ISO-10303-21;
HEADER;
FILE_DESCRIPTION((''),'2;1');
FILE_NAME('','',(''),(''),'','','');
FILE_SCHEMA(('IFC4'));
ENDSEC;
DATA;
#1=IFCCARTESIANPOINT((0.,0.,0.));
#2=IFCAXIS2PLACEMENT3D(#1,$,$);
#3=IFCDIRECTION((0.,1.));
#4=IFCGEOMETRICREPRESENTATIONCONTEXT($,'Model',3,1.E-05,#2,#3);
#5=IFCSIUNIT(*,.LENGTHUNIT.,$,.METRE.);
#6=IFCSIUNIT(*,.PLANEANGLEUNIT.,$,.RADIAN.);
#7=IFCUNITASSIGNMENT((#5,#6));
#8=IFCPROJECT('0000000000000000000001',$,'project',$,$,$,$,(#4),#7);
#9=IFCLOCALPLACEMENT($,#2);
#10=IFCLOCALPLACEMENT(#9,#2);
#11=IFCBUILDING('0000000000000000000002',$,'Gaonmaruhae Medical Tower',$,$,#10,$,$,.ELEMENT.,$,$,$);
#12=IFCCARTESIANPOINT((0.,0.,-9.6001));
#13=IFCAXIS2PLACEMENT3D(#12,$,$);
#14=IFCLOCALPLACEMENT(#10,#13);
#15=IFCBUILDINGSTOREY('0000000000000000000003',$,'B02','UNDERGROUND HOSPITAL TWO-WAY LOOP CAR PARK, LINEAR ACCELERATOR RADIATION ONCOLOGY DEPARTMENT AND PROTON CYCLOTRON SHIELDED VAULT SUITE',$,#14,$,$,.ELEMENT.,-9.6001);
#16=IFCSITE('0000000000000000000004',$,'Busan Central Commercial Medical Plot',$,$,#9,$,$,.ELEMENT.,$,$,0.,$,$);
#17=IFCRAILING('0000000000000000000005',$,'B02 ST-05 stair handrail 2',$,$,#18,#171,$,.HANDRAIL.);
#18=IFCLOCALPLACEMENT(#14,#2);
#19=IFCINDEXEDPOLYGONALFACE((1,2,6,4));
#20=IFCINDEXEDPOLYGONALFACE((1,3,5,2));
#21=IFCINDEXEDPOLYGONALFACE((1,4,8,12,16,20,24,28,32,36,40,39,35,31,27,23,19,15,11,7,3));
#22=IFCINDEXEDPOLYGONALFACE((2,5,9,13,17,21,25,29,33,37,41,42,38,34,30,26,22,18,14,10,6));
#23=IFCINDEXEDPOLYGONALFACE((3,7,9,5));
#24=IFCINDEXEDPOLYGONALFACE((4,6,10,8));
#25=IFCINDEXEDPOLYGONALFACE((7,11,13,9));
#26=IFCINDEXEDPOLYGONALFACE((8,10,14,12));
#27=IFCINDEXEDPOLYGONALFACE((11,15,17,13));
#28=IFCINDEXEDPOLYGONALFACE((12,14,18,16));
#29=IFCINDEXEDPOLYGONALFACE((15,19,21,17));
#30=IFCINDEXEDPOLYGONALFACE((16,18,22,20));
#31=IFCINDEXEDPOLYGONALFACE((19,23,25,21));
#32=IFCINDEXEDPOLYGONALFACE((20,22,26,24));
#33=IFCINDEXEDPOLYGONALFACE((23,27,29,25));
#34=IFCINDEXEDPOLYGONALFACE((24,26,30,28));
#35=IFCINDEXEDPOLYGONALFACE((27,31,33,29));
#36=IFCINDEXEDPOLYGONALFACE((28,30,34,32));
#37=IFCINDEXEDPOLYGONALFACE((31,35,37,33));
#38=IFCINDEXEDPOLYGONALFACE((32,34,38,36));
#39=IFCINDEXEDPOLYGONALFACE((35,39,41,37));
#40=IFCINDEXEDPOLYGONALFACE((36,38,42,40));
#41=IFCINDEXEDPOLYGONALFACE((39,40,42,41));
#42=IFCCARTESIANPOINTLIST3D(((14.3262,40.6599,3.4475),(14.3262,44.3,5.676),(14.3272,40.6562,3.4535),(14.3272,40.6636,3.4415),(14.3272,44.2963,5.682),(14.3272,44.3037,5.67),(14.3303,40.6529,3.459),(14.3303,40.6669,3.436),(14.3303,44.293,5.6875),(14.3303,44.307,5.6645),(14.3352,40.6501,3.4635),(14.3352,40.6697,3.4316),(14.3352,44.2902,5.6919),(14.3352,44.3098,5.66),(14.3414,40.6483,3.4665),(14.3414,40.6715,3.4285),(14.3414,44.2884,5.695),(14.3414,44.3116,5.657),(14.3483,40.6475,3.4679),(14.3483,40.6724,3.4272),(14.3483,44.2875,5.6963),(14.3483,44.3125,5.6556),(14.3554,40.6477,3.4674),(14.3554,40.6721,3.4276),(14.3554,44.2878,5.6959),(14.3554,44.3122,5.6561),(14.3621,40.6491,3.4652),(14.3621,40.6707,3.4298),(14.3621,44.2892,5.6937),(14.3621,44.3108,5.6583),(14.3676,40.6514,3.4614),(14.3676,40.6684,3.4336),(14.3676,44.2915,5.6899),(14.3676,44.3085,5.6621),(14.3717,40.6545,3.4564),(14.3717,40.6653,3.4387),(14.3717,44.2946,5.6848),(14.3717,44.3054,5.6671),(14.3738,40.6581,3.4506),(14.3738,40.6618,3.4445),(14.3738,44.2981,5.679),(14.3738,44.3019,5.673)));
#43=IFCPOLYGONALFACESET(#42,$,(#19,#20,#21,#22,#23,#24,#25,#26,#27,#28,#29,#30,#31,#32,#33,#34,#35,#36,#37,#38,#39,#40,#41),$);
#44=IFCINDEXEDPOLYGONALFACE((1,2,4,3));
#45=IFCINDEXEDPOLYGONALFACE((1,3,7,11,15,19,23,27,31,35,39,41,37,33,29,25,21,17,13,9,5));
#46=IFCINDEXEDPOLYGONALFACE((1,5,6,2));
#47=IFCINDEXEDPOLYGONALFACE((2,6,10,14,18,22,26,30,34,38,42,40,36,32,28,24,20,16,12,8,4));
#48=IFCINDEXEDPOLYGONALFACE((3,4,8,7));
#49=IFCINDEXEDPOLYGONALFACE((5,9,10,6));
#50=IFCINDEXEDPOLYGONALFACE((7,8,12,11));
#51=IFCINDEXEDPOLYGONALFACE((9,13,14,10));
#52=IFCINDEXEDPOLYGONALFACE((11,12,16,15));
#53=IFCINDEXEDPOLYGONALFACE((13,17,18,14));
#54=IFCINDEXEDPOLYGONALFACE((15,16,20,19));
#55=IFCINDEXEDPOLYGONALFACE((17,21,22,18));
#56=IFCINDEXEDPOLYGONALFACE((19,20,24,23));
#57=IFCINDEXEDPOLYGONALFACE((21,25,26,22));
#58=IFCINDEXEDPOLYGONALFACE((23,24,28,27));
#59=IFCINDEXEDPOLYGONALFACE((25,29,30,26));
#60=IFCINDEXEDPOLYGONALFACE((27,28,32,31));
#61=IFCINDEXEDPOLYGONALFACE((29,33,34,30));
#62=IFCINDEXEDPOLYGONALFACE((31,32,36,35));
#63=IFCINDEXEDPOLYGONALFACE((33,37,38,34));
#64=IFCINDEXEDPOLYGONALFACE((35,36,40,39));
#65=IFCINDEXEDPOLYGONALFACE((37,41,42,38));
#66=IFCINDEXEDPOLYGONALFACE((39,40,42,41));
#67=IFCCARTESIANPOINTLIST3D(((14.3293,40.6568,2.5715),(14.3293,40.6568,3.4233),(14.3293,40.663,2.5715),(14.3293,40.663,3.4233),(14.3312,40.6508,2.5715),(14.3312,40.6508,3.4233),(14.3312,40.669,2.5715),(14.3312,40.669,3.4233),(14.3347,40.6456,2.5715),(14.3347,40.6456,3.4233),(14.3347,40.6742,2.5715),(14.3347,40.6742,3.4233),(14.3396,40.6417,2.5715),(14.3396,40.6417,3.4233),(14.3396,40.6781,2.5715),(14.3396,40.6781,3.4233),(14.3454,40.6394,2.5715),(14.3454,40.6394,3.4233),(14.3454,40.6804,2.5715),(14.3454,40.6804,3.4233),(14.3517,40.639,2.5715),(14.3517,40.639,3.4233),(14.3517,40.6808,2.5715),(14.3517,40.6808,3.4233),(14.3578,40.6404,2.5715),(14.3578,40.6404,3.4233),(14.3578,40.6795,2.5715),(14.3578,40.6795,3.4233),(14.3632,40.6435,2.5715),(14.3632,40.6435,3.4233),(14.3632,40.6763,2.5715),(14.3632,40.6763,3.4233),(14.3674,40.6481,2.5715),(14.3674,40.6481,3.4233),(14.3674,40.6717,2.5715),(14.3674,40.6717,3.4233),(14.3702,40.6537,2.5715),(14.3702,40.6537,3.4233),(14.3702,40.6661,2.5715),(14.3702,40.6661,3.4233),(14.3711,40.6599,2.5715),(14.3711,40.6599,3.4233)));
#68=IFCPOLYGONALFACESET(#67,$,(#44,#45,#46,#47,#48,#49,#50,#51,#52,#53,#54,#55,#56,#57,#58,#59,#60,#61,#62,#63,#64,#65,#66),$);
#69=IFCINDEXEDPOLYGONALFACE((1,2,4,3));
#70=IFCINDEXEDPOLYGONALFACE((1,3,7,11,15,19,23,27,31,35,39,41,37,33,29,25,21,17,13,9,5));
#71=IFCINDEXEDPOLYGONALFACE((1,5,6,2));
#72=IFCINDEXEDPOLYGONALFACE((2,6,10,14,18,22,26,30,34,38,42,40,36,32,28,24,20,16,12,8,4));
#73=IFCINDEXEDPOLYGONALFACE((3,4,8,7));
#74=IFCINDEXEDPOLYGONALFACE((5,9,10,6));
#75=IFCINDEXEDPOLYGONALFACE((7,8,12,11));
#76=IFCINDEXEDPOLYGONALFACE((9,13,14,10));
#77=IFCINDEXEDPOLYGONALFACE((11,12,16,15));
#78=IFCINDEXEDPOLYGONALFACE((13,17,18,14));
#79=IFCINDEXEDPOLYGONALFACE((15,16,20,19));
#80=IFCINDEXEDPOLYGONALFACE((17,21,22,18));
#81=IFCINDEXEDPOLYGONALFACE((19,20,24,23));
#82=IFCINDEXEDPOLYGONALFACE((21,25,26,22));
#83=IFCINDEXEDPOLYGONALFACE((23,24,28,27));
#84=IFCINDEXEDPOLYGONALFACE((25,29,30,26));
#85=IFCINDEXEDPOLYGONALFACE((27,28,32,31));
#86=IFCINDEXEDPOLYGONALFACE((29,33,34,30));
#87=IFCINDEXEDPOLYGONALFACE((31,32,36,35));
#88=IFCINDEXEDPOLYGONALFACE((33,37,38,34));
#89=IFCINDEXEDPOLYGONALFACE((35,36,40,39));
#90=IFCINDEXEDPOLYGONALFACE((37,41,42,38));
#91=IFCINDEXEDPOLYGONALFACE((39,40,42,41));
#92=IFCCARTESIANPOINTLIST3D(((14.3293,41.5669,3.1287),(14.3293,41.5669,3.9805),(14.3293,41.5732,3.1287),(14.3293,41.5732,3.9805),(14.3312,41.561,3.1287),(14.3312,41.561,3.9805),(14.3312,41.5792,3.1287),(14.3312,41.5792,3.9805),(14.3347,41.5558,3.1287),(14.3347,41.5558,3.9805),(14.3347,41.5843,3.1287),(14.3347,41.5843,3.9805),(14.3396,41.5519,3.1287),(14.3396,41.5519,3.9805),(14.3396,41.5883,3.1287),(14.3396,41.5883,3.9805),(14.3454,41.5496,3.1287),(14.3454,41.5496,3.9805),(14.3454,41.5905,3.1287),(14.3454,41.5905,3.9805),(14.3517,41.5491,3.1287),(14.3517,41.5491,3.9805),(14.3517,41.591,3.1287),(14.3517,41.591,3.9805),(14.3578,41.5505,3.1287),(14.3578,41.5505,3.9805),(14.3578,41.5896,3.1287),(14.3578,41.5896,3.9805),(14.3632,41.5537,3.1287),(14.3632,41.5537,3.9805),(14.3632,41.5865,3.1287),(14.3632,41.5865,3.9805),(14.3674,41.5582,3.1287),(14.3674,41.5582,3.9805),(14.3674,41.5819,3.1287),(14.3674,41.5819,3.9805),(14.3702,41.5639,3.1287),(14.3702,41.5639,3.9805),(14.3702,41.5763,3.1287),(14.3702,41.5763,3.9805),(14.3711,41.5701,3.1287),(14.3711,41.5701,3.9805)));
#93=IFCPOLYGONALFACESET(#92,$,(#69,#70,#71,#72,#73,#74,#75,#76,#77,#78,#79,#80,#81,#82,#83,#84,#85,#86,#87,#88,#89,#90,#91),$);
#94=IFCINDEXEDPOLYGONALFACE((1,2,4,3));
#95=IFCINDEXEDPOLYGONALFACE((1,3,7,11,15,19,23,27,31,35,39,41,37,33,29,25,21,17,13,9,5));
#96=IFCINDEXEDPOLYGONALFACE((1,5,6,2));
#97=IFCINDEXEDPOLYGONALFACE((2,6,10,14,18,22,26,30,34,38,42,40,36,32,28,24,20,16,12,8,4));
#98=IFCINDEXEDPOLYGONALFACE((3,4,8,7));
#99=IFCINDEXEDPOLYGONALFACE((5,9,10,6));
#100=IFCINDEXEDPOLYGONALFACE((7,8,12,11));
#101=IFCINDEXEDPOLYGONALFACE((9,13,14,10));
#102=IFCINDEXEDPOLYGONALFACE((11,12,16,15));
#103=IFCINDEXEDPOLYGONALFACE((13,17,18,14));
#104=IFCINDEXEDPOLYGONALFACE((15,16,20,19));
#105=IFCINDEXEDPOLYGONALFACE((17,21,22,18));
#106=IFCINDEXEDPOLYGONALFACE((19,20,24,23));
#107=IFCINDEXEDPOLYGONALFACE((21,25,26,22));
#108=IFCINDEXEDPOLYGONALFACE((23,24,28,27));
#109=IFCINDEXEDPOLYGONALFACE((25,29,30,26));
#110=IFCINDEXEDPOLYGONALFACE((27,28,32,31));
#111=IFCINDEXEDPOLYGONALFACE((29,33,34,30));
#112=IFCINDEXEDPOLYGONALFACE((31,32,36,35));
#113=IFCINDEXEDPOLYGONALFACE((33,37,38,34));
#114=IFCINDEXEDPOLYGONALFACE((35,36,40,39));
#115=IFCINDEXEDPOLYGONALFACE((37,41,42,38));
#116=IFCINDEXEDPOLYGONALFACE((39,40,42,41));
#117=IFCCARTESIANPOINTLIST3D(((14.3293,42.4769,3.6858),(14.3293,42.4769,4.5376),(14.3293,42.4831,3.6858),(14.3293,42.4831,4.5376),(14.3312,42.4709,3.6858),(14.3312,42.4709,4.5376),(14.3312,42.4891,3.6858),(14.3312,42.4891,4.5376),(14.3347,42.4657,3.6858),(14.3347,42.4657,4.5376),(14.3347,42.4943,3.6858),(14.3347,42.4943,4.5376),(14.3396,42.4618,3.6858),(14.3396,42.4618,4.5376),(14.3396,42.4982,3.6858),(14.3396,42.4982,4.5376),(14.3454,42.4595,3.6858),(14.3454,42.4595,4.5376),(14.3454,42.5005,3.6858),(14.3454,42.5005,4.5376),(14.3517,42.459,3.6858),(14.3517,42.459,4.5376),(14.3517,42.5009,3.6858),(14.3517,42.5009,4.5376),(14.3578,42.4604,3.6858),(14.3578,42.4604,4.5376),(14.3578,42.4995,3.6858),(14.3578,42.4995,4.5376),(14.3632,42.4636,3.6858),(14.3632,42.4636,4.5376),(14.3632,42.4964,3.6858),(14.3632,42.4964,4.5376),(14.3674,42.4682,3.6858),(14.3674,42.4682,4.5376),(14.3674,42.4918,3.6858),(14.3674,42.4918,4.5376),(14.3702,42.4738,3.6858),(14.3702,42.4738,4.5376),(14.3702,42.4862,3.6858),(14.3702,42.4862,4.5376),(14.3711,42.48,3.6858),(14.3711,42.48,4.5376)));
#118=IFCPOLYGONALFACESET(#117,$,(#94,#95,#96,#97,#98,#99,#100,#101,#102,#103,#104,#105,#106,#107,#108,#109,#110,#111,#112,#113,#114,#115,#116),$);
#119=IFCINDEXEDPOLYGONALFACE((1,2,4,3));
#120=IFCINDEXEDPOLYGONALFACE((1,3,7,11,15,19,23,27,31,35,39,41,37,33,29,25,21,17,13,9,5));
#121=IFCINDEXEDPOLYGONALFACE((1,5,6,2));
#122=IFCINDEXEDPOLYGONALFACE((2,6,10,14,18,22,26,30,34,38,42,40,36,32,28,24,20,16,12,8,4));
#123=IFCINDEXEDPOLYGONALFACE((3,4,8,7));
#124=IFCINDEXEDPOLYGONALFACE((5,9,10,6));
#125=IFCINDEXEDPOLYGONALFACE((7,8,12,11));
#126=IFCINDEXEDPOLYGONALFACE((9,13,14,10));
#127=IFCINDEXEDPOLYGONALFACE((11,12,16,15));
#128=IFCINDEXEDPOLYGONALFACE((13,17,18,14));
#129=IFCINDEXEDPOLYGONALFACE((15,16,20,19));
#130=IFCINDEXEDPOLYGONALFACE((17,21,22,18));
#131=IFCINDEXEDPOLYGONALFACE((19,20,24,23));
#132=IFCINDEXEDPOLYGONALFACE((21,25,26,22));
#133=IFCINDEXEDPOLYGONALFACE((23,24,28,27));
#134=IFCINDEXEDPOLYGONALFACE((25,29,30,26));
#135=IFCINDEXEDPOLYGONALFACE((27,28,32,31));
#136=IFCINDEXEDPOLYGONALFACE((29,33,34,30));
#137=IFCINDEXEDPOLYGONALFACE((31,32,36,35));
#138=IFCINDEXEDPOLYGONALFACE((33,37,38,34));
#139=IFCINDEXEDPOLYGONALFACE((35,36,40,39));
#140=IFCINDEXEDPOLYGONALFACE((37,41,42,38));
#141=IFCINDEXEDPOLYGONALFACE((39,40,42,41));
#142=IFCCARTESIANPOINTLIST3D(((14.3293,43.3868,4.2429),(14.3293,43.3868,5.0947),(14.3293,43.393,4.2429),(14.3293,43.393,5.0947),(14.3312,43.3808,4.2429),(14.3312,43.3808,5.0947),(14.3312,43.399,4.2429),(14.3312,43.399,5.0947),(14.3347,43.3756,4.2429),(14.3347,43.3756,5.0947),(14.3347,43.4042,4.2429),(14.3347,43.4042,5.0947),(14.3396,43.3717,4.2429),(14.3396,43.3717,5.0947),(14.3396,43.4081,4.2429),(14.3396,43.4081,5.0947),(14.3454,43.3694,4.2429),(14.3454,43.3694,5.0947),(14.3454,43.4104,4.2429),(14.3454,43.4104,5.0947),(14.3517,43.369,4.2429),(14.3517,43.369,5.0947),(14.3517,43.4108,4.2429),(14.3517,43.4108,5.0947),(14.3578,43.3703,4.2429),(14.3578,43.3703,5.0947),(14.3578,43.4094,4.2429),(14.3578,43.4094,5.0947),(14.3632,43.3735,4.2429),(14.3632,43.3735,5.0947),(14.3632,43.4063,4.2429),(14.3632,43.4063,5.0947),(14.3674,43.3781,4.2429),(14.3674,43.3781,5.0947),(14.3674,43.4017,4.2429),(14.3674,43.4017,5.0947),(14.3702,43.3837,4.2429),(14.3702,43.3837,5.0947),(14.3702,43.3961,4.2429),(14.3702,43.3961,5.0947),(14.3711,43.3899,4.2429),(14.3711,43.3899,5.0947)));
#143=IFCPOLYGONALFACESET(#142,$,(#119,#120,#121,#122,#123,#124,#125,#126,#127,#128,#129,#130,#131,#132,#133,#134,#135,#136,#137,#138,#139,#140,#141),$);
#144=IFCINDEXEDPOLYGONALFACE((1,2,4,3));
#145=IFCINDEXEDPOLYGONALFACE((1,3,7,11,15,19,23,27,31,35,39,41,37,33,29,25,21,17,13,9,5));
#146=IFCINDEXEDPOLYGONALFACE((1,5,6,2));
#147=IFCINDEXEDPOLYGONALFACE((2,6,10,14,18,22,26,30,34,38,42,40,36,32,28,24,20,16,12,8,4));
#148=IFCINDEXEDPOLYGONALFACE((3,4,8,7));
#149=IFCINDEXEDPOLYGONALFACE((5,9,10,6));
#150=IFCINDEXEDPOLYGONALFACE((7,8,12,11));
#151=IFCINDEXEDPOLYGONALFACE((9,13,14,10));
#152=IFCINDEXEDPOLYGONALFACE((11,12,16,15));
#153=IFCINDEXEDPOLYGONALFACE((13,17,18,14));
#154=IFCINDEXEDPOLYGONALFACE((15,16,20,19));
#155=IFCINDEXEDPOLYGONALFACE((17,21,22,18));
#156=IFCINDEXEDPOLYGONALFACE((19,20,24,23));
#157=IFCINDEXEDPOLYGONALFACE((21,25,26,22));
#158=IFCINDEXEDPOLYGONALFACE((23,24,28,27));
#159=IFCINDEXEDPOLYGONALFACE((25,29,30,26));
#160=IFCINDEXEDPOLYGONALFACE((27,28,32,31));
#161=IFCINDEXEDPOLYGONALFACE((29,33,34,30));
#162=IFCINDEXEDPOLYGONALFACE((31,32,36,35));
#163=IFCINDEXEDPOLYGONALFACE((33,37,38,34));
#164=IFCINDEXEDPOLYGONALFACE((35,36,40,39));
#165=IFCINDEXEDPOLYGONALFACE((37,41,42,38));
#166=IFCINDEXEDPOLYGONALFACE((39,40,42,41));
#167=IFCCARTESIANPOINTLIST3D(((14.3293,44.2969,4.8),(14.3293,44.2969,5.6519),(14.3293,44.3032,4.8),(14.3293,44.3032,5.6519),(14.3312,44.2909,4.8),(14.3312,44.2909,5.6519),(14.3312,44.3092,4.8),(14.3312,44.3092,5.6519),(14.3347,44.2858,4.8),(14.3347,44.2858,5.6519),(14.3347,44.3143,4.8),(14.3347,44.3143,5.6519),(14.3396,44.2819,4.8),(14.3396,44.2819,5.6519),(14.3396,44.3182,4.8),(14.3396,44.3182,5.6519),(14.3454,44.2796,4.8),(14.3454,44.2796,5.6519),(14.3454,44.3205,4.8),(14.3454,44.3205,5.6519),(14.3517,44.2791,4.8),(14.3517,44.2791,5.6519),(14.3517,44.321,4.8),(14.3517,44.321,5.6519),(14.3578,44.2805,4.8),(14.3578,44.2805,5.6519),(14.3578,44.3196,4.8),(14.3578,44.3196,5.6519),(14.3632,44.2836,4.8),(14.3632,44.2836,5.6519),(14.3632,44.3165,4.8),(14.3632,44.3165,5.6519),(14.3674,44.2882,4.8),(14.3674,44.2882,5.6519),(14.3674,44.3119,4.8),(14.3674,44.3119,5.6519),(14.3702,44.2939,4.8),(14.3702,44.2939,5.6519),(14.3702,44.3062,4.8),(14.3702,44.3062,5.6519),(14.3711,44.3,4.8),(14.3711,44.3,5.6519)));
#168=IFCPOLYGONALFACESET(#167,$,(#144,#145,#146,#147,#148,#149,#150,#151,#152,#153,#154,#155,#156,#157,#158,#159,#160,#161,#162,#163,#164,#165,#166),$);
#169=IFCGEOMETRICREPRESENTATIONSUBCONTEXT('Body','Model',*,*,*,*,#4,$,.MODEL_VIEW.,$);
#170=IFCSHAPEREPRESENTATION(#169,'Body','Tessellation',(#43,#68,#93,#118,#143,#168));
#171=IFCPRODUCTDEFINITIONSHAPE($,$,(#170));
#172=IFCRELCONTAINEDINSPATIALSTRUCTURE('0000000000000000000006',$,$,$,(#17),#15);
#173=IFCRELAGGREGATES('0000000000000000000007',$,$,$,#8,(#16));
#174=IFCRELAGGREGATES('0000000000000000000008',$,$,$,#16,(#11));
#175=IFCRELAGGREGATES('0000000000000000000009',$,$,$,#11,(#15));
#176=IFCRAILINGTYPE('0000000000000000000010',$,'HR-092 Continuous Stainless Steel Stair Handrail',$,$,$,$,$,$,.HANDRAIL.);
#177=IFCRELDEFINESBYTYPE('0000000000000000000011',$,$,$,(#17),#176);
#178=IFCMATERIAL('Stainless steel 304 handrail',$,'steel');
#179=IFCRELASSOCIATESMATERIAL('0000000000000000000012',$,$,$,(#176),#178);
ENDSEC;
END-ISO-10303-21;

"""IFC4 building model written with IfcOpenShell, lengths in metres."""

from ifc_helpers import new_model, si_unit, direction, frame, origin, origin_2d, place, context, subcontext, project, spatial, circle, extrude, material, type_object, element, save


model = new_model("IFC4")

# Units and contexts
model_context = context("Model", 3, precision=1e-05, world=origin(), true_north=direction((0.0, 1.0)))
body_context = subcontext(model_context, "Body", "Model", "MODEL_VIEW")
ifc_project = project(units=[si_unit("LENGTHUNIT", "METRE"), si_unit("PLANEANGLEUNIT", "RADIAN")], contexts=[model_context])

# Site, building, storey
site_placement = place(None, origin())
site = spatial("IfcSite", under=ifc_project, at=site_placement, Name="Busan Central Commercial Medical Plot", CompositionType="ELEMENT", RefElevation=0.0)
building_placement = place(site_placement, origin())
building = spatial("IfcBuilding", under=site, at=building_placement, Name="Gaonmaruhae Medical Tower", CompositionType="ELEMENT")
storey_placement = place(building_placement, frame((0.0, 0.0, -9.6001)))
storey = spatial("IfcBuildingStorey", under=building, at=storey_placement, Name="B02", Description="UNDERGROUND HOSPITAL TWO-WAY LOOP CAR PARK, LINEAR ACCELERATOR RADIATION ONCOLOGY DEPARTMENT AND PROTON CYCLOTRON SHIELDED VAULT SUITE", CompositionType="ELEMENT", Elevation=-9.6001)

# Railing
ifc_material_1 = material(Name="Stainless steel 304 handrail", Category="steel")
railing_type = type_object("IfcRailingType", Name="HR-092 Continuous Stainless Steel Stair Handrail", PredefinedType="HANDRAIL", material=ifc_material_1)
railing_placement = place(storey_placement, frame((14.3501, 40.6599, 2.5715)))
element("IfcRailing", 1, at=railing_placement, inside=storey, type_object=railing_type, Name="B02 ST-05 stair handrail 2", PredefinedType="HANDRAIL", context=body_context, shape_type="SweptSolid", body=[
    extrude(circle(Radius=0.0239, at=origin_2d()), frame((0.0, 0.0, 0.876), z_axis=(0.0, 0.852866, 0.52213), x_axis=(-1.0, 0.0, 0.0)), (0.0, 0.0, 1.0), 4.2681),
    extrude(circle(Radius=0.021, at=origin_2d()), origin(), (0.0, 0.0, 1.0), 0.8518),
    extrude(circle(Radius=0.021, at=origin_2d()), frame((0.0, 0.9102, 0.5571)), (0.0, 0.0, 1.0), 0.8518),
    extrude(circle(Radius=0.021, at=origin_2d()), frame((0.0, 1.8201, 1.1143)), (0.0, 0.0, 1.0), 0.8518),
    extrude(circle(Radius=0.021, at=origin_2d()), frame((0.0, 2.73, 1.6714)), (0.0, 0.0, 1.0), 0.8518),
    extrude(circle(Radius=0.021, at=origin_2d()), frame((0.0, 3.6401, 2.2285)), (0.0, 0.0, 1.0), 0.8518),
])

save(model, "model.ifc")
